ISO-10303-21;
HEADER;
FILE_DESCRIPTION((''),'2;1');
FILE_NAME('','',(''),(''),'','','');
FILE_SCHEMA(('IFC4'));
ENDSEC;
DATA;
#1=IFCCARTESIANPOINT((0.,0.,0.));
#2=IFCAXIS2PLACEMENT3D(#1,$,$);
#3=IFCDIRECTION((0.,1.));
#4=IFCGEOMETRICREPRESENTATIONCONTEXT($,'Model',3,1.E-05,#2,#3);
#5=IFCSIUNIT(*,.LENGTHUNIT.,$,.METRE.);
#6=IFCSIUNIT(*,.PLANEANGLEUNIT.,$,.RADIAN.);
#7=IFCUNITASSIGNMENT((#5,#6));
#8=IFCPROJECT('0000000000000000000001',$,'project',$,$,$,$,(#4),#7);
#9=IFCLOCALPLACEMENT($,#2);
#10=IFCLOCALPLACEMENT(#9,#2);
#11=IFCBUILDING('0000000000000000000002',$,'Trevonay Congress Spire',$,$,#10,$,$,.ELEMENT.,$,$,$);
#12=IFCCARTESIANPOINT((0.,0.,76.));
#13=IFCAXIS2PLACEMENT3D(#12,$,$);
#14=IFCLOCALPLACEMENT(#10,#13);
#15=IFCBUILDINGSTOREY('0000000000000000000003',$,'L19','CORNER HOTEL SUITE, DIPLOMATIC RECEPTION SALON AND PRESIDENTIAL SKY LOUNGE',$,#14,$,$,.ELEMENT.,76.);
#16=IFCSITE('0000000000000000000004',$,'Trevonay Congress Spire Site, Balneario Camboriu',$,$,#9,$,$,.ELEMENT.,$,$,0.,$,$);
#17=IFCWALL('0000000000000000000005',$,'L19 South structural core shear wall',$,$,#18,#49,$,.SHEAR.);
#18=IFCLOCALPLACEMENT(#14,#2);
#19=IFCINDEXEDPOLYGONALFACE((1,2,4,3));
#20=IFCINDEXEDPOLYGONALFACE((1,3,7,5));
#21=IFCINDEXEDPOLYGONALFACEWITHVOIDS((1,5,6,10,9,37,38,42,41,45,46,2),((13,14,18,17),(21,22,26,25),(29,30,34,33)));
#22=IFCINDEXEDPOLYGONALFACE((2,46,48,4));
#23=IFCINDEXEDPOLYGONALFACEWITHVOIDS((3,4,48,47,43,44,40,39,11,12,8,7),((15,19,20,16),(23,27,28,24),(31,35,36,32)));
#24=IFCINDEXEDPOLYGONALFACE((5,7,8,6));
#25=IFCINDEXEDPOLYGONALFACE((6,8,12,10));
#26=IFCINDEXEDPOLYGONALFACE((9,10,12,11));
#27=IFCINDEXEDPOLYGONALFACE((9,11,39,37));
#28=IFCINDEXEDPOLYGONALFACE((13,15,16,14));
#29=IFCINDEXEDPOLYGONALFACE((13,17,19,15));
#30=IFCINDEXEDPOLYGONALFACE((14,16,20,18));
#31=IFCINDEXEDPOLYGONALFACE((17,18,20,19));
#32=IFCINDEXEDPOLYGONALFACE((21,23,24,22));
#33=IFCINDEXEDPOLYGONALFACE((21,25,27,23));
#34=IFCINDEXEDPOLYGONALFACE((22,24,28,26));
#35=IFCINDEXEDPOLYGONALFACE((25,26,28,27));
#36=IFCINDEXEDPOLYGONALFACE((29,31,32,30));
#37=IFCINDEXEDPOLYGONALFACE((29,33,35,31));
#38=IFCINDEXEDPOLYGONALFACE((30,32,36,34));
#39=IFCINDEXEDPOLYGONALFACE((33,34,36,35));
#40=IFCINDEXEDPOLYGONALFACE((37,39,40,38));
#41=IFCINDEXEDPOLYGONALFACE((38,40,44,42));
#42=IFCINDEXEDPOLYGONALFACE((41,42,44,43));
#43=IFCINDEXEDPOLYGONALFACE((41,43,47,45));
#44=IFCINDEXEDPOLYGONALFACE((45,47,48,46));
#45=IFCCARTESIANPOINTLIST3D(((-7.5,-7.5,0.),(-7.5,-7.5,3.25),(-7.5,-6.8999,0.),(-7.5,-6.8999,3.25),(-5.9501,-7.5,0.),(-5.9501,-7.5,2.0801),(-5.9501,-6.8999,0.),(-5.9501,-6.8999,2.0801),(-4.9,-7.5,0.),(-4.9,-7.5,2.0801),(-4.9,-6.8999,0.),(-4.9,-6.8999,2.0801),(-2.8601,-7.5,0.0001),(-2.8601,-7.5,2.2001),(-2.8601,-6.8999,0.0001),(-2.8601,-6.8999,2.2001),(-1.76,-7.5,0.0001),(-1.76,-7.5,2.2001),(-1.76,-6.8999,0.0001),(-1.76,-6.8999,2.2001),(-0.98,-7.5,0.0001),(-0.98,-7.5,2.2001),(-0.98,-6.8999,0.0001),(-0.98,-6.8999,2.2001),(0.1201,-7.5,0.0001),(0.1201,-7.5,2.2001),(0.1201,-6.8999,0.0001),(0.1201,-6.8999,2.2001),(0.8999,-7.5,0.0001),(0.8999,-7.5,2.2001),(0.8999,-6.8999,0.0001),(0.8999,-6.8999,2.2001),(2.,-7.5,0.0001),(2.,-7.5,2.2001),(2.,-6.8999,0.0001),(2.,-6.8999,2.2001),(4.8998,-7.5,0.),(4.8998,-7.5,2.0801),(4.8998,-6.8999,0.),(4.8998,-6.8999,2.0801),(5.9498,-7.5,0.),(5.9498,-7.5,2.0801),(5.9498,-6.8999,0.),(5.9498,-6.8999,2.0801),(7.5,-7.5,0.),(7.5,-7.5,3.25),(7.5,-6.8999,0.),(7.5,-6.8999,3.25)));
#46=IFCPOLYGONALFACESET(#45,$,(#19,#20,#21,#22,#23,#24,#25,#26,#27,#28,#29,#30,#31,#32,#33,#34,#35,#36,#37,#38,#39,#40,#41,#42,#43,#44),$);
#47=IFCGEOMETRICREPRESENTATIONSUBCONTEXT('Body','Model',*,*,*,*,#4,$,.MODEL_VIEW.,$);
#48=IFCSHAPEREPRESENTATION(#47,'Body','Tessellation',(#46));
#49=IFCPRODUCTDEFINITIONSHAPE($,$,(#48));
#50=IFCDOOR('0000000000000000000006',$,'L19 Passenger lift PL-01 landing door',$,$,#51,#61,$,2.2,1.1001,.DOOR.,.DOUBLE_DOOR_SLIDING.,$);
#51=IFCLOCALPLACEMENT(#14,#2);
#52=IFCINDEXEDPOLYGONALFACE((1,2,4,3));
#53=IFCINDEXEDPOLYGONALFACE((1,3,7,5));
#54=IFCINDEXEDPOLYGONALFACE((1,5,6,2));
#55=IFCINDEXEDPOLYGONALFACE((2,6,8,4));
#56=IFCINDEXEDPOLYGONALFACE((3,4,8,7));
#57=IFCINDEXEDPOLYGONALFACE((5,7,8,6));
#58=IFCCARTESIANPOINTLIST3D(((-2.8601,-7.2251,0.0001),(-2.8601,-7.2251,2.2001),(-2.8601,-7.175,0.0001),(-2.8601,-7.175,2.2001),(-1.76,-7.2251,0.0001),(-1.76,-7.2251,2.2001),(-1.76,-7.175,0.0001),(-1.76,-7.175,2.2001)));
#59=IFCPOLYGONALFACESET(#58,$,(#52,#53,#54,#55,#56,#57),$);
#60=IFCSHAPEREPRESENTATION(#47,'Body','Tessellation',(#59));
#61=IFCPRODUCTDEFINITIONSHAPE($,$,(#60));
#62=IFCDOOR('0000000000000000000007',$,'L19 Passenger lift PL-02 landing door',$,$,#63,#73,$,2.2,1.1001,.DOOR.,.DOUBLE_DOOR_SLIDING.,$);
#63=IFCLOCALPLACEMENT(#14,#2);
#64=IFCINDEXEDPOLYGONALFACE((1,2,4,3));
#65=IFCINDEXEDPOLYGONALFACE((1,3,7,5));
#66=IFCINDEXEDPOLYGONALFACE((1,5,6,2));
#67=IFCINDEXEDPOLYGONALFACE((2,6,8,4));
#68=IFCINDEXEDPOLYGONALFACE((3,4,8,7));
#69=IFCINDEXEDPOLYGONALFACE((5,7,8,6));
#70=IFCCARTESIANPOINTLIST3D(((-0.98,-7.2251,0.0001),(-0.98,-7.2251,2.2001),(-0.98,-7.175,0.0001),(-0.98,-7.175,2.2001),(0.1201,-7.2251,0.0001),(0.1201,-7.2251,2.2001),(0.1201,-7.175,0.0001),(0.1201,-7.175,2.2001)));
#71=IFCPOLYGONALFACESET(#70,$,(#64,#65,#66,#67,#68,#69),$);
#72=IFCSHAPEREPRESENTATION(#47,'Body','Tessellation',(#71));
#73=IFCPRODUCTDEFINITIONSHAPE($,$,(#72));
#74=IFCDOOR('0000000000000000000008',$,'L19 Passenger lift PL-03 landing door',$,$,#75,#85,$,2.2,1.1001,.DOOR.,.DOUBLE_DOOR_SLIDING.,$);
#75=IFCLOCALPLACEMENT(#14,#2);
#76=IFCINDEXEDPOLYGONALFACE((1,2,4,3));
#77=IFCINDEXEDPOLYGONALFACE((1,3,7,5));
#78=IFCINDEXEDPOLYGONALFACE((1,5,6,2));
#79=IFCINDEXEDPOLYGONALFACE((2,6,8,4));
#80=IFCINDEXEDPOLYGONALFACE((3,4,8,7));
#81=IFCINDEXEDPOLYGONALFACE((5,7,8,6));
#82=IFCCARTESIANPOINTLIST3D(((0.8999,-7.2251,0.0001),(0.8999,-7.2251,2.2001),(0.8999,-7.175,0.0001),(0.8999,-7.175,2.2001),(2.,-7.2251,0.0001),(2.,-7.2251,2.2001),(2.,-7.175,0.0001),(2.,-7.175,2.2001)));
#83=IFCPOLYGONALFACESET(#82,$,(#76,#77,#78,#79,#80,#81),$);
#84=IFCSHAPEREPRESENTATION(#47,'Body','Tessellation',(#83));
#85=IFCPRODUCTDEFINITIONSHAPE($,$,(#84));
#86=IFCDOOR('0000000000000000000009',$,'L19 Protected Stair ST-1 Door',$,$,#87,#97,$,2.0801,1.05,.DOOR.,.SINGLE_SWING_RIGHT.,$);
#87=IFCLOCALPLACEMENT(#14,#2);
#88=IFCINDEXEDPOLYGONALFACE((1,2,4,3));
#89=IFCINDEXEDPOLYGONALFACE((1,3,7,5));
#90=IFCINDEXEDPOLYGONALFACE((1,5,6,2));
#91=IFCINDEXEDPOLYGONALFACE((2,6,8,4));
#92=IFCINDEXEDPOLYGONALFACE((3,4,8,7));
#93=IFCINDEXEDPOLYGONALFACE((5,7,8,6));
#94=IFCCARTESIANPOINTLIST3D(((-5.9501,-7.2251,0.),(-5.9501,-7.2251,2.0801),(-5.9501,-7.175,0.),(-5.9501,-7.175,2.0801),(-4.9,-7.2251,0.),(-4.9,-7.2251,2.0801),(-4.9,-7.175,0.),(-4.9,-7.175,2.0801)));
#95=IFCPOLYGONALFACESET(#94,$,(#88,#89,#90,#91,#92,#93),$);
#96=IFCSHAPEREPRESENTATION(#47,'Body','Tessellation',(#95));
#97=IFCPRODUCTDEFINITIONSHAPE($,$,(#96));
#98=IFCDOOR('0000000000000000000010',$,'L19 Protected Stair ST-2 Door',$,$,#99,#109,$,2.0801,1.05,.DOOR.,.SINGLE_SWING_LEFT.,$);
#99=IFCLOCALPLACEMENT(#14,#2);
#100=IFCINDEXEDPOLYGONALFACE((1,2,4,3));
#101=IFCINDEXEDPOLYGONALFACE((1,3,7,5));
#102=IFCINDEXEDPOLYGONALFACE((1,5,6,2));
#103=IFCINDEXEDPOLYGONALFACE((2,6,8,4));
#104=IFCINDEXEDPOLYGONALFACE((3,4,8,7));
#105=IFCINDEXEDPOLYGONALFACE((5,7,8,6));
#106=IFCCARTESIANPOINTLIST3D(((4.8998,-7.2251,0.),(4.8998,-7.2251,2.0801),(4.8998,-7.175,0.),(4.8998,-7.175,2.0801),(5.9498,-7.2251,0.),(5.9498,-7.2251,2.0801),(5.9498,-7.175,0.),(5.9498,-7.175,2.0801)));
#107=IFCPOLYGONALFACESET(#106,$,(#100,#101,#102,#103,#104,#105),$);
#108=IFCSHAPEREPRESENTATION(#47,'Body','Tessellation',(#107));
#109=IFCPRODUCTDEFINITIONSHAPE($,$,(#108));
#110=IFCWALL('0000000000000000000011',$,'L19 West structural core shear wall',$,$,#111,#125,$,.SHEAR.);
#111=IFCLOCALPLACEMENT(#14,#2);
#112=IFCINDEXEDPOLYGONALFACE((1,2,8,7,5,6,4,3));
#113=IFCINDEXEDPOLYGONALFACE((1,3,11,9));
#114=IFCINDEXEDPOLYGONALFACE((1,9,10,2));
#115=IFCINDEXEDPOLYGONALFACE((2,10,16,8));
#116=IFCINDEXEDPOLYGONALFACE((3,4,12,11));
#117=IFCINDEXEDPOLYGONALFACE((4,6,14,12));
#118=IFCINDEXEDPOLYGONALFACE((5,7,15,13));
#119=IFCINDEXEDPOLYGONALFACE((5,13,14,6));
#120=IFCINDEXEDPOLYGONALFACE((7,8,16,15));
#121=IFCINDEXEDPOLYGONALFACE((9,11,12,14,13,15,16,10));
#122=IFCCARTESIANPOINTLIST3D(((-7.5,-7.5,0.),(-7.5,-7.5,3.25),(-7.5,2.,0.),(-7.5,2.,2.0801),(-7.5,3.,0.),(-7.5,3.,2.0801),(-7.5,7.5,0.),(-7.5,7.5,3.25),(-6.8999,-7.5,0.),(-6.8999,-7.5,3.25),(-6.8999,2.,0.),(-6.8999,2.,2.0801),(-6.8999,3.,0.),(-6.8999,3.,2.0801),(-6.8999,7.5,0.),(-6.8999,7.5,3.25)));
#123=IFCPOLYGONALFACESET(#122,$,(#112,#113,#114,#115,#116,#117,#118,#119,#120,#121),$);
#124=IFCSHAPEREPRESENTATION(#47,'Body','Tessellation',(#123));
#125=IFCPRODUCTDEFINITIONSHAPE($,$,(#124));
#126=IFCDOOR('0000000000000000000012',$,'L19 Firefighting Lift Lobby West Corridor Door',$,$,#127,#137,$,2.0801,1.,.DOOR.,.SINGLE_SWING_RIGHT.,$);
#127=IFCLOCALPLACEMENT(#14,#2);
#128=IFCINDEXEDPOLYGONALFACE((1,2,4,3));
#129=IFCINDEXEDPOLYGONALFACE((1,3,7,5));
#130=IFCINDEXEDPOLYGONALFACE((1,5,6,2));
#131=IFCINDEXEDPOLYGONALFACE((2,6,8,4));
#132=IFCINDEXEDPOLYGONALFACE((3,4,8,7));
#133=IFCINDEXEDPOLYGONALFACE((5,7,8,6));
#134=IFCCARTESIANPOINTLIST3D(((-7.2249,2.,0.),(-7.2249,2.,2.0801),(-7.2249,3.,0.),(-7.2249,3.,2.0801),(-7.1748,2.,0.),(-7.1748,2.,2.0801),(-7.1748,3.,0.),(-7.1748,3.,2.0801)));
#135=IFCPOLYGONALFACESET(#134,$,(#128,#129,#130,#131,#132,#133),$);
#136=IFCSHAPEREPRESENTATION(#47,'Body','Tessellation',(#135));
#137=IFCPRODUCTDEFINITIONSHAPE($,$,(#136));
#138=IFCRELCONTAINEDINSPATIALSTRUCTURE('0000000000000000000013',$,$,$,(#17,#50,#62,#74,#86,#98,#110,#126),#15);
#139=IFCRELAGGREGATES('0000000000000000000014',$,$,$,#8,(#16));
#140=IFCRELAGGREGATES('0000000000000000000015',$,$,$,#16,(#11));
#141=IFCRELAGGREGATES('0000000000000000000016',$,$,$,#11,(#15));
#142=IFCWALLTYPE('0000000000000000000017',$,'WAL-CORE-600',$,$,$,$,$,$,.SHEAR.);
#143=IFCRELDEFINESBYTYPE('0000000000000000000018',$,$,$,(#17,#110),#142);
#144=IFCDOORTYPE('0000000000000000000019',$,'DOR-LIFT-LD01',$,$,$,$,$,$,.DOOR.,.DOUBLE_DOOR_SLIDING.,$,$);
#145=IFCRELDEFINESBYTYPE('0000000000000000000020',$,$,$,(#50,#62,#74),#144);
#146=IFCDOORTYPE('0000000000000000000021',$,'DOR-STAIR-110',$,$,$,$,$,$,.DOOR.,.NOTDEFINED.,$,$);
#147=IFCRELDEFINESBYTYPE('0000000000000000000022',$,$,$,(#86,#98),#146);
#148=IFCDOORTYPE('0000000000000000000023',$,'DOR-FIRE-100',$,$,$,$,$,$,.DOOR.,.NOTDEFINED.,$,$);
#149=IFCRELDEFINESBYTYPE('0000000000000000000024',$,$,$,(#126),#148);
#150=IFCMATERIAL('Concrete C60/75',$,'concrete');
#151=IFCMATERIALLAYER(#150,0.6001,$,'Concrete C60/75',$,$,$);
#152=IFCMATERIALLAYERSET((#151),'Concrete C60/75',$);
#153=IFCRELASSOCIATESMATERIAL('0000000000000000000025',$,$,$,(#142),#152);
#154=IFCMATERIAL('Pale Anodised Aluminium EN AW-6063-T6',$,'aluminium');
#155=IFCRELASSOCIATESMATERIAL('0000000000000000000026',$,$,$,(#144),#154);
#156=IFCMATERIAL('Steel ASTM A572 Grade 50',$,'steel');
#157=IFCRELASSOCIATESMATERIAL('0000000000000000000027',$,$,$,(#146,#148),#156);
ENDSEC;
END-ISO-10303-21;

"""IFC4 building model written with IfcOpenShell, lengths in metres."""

from ifc_helpers import new_model, si_unit, direction, frame, frame_2d, origin, place, context, subcontext, project, spatial, rectangle, extrude, material, layer, layer_set, type_object, element, fill, save


model = new_model("IFC4")

# Units and contexts
model_context = context("Model", 3, precision=1e-05, world=origin(), true_north=direction((0.0, 1.0)))
body_context = subcontext(model_context, "Body", "Model", "MODEL_VIEW")
ifc_project = project(units=[si_unit("LENGTHUNIT", "METRE"), si_unit("PLANEANGLEUNIT", "RADIAN")], contexts=[model_context])

# Site, building, storey
site_placement = place(None, origin())
site = spatial("IfcSite", under=ifc_project, at=site_placement, Name="Trevonay Congress Spire Site, Balneario Camboriu", CompositionType="ELEMENT", RefElevation=0.0)
building_placement = place(site_placement, origin())
building = spatial("IfcBuilding", under=site, at=building_placement, Name="Trevonay Congress Spire", CompositionType="ELEMENT")
storey_placement = place(building_placement, frame((0.0, 0.0, 76.0)))
storey = spatial("IfcBuildingStorey", under=building, at=storey_placement, Name="L19", Description="CORNER HOTEL SUITE, DIPLOMATIC RECEPTION SALON AND PRESIDENTIAL SKY LOUNGE", CompositionType="ELEMENT", Elevation=76.0)

# Shared definitions
ifc_material_1 = material(Name="Steel ASTM A572 Grade 50", Category="steel")

# Wall, openings, doors
ifc_material_2 = material(Name="Concrete C60/75", Category="concrete")
ifc_layer_1 = layer(ifc_material_2, 0.6001, Name="Concrete C60/75")
ifc_layer_set_1 = layer_set([ifc_layer_1], Name="Concrete C60/75")
wall_type_1 = type_object("IfcWallType", Name="WAL-CORE-600", PredefinedType="SHEAR", material=ifc_layer_set_1)
wall_1_placement = place(storey_placement, frame((-7.5, -7.2, 0.0), z_axis=(0.0, 0.0, 1.0), x_axis=(1.0, 0.0, 0.0)))
wall_1 = element("IfcWall", 1, at=wall_1_placement, inside=storey, type_object=wall_type_1, Name="L19 South structural core shear wall", PredefinedType="SHEAR", context=body_context, shape_type="SweptSolid", body=[
    extrude(rectangle(XDim=15.0, YDim=0.6001, at=frame_2d((7.5, 0.0))), origin(), (0.0, 0.0, 1.0), 3.25),
])
opening_1_placement = place(wall_1_placement, frame((1.55, 0.0, 0.0)))
opening_1 = element("IfcOpeningElement", 2, at=opening_1_placement, cuts=wall_1, PredefinedType="OPENING", context=body_context, shape_type="SweptSolid", body=[
    extrude(rectangle(XDim=1.05, YDim=2.0801, at=frame_2d((0.5249, 1.04))), frame((0.0, 0.3101, 0.0), z_axis=(0.0, -1.0, 0.0), x_axis=(1.0, 0.0, 0.0)), (0.0, 0.0, 1.0), 0.6201),
])
opening_2_placement = place(wall_1_placement, frame((12.3999, 0.0, 0.0)))
opening_2 = element("IfcOpeningElement", 3, at=opening_2_placement, cuts=wall_1, PredefinedType="OPENING", context=body_context, shape_type="SweptSolid", body=[
    extrude(rectangle(XDim=1.05, YDim=2.0801, at=frame_2d((0.5249, 1.04))), frame((0.0, 0.3101, 0.0), z_axis=(0.0, -1.0, 0.0), x_axis=(1.0, 0.0, 0.0)), (0.0, 0.0, 1.0), 0.6201),
])
opening_3_placement = place(wall_1_placement, frame((4.6399, 0.0, 0.0)))
opening_3 = element("IfcOpeningElement", 4, at=opening_3_placement, cuts=wall_1, PredefinedType="OPENING", context=body_context, shape_type="SweptSolid", body=[
    extrude(rectangle(XDim=1.1001, YDim=2.2, at=frame_2d((0.55, 1.1001))), frame((0.0, 0.3101, 0.0), z_axis=(0.0, -1.0, 0.0), x_axis=(1.0, 0.0, 0.0)), (0.0, 0.0, 1.0), 0.6201),
])
opening_4_placement = place(wall_1_placement, frame((6.52, 0.0, 0.0)))
opening_4 = element("IfcOpeningElement", 5, at=opening_4_placement, cuts=wall_1, PredefinedType="OPENING", context=body_context, shape_type="SweptSolid", body=[
    extrude(rectangle(XDim=1.1001, YDim=2.2, at=frame_2d((0.55, 1.1001))), frame((0.0, 0.3101, 0.0), z_axis=(0.0, -1.0, 0.0), x_axis=(1.0, 0.0, 0.0)), (0.0, 0.0, 1.0), 0.6201),
])
opening_5_placement = place(wall_1_placement, frame((8.3999, 0.0, 0.0)))
opening_5 = element("IfcOpeningElement", 6, at=opening_5_placement, cuts=wall_1, PredefinedType="OPENING", context=body_context, shape_type="SweptSolid", body=[
    extrude(rectangle(XDim=1.1001, YDim=2.2, at=frame_2d((0.55, 1.1001))), frame((0.0, 0.3101, 0.0), z_axis=(0.0, -1.0, 0.0), x_axis=(1.0, 0.0, 0.0)), (0.0, 0.0, 1.0), 0.6201),
])
ifc_material_3 = material(Name="Pale Anodised Aluminium EN AW-6063-T6", Category="aluminium")
door_type_1 = type_object("IfcDoorType", Name="DOR-LIFT-LD01", OperationType="DOUBLE_DOOR_SLIDING", PredefinedType="DOOR", material=ifc_material_3)
door_1_placement = place(opening_3_placement, origin())
door_1 = element("IfcDoor", 7, at=door_1_placement, inside=storey, type_object=door_type_1, Name="L19 Passenger lift PL-01 landing door", OperationType="DOUBLE_DOOR_SLIDING", OverallHeight=2.2, OverallWidth=1.1001, PredefinedType="DOOR", context=body_context, shape_type="SweptSolid", body=[
    extrude(rectangle(XDim=1.1001, YDim=2.2, at=frame_2d((0.55, 1.1001))), frame((0.0, 0.0249, 0.0), z_axis=(0.0, -1.0, 0.0), x_axis=(1.0, 0.0, 0.0)), (0.0, 0.0, 1.0), 0.05),
])
fill(opening_3, door_1)
door_2_placement = place(opening_4_placement, origin())
door_2 = element("IfcDoor", 8, at=door_2_placement, inside=storey, type_object=door_type_1, Name="L19 Passenger lift PL-02 landing door", OperationType="DOUBLE_DOOR_SLIDING", OverallHeight=2.2, OverallWidth=1.1001, PredefinedType="DOOR", context=body_context, shape_type="SweptSolid", body=[
    extrude(rectangle(XDim=1.1001, YDim=2.2, at=frame_2d((0.55, 1.1001))), frame((0.0, 0.0249, 0.0), z_axis=(0.0, -1.0, 0.0), x_axis=(1.0, 0.0, 0.0)), (0.0, 0.0, 1.0), 0.05),
])
fill(opening_4, door_2)
door_3_placement = place(opening_5_placement, origin())
door_3 = element("IfcDoor", 9, at=door_3_placement, inside=storey, type_object=door_type_1, Name="L19 Passenger lift PL-03 landing door", OperationType="DOUBLE_DOOR_SLIDING", OverallHeight=2.2, OverallWidth=1.1001, PredefinedType="DOOR", context=body_context, shape_type="SweptSolid", body=[
    extrude(rectangle(XDim=1.1001, YDim=2.2, at=frame_2d((0.55, 1.1001))), frame((0.0, 0.0249, 0.0), z_axis=(0.0, -1.0, 0.0), x_axis=(1.0, 0.0, 0.0)), (0.0, 0.0, 1.0), 0.05),
])
fill(opening_5, door_3)
door_type_2 = type_object("IfcDoorType", Name="DOR-STAIR-110", OperationType="NOTDEFINED", PredefinedType="DOOR", material=ifc_material_1)
door_4_placement = place(opening_1_placement, origin())
door_4 = element("IfcDoor", 10, at=door_4_placement, inside=storey, type_object=door_type_2, Name="L19 Protected Stair ST-1 Door", OperationType="SINGLE_SWING_RIGHT", OverallHeight=2.0801, OverallWidth=1.05, PredefinedType="DOOR", context=body_context, shape_type="SweptSolid", body=[
    extrude(rectangle(XDim=1.05, YDim=2.0801, at=frame_2d((0.5249, 1.04))), frame((0.0, 0.0249, 0.0), z_axis=(0.0, -1.0, 0.0), x_axis=(1.0, 0.0, 0.0)), (0.0, 0.0, 1.0), 0.05),
])
fill(opening_1, door_4)
door_5_placement = place(opening_2_placement, origin())
door_5 = element("IfcDoor", 11, at=door_5_placement, inside=storey, type_object=door_type_2, Name="L19 Protected Stair ST-2 Door", OperationType="SINGLE_SWING_LEFT", OverallHeight=2.0801, OverallWidth=1.05, PredefinedType="DOOR", context=body_context, shape_type="SweptSolid", body=[
    extrude(rectangle(XDim=1.05, YDim=2.0801, at=frame_2d((0.5249, 1.04))), frame((0.0, 0.0249, 0.0), z_axis=(0.0, -1.0, 0.0), x_axis=(1.0, 0.0, 0.0)), (0.0, 0.0, 1.0), 0.05),
])
fill(opening_2, door_5)

# Wall, opening, door
wall_2_placement = place(storey_placement, frame((-7.2, -7.5, 0.0), z_axis=(0.0, 0.0, 1.0), x_axis=(0.0, 1.0, 0.0)))
wall_2 = element("IfcWall", 12, at=wall_2_placement, inside=storey, type_object=wall_type_1, Name="L19 West structural core shear wall", PredefinedType="SHEAR", context=body_context, shape_type="SweptSolid", body=[
    extrude(rectangle(XDim=15.0, YDim=0.6001, at=frame_2d((7.5, 0.0))), origin(), (0.0, 0.0, 1.0), 3.25),
])
opening_6_placement = place(wall_2_placement, frame((9.5, 0.0, 0.0)))
opening_6 = element("IfcOpeningElement", 13, at=opening_6_placement, cuts=wall_2, PredefinedType="OPENING", context=body_context, shape_type="SweptSolid", body=[
    extrude(rectangle(XDim=1.0, YDim=2.0801, at=frame_2d((0.5, 1.04))), frame((0.0, 0.3101, 0.0), z_axis=(0.0, -1.0, 0.0), x_axis=(1.0, 0.0, 0.0)), (0.0, 0.0, 1.0), 0.6201),
])
door_type_3 = type_object("IfcDoorType", Name="DOR-FIRE-100", OperationType="NOTDEFINED", PredefinedType="DOOR", material=ifc_material_1)
door_6_placement = place(opening_6_placement, origin())
door_6 = element("IfcDoor", 14, at=door_6_placement, inside=storey, type_object=door_type_3, Name="L19 Firefighting Lift Lobby West Corridor Door", OperationType="SINGLE_SWING_RIGHT", OverallHeight=2.0801, OverallWidth=1.0, PredefinedType="DOOR", context=body_context, shape_type="SweptSolid", body=[
    extrude(rectangle(XDim=1.0, YDim=2.0801, at=frame_2d((0.5, 1.04))), frame((0.0, 0.0249, 0.0), z_axis=(0.0, -1.0, 0.0), x_axis=(1.0, 0.0, 0.0)), (0.0, 0.0, 1.0), 0.05),
])
fill(opening_6, door_6)

save(model, "model.ifc")
